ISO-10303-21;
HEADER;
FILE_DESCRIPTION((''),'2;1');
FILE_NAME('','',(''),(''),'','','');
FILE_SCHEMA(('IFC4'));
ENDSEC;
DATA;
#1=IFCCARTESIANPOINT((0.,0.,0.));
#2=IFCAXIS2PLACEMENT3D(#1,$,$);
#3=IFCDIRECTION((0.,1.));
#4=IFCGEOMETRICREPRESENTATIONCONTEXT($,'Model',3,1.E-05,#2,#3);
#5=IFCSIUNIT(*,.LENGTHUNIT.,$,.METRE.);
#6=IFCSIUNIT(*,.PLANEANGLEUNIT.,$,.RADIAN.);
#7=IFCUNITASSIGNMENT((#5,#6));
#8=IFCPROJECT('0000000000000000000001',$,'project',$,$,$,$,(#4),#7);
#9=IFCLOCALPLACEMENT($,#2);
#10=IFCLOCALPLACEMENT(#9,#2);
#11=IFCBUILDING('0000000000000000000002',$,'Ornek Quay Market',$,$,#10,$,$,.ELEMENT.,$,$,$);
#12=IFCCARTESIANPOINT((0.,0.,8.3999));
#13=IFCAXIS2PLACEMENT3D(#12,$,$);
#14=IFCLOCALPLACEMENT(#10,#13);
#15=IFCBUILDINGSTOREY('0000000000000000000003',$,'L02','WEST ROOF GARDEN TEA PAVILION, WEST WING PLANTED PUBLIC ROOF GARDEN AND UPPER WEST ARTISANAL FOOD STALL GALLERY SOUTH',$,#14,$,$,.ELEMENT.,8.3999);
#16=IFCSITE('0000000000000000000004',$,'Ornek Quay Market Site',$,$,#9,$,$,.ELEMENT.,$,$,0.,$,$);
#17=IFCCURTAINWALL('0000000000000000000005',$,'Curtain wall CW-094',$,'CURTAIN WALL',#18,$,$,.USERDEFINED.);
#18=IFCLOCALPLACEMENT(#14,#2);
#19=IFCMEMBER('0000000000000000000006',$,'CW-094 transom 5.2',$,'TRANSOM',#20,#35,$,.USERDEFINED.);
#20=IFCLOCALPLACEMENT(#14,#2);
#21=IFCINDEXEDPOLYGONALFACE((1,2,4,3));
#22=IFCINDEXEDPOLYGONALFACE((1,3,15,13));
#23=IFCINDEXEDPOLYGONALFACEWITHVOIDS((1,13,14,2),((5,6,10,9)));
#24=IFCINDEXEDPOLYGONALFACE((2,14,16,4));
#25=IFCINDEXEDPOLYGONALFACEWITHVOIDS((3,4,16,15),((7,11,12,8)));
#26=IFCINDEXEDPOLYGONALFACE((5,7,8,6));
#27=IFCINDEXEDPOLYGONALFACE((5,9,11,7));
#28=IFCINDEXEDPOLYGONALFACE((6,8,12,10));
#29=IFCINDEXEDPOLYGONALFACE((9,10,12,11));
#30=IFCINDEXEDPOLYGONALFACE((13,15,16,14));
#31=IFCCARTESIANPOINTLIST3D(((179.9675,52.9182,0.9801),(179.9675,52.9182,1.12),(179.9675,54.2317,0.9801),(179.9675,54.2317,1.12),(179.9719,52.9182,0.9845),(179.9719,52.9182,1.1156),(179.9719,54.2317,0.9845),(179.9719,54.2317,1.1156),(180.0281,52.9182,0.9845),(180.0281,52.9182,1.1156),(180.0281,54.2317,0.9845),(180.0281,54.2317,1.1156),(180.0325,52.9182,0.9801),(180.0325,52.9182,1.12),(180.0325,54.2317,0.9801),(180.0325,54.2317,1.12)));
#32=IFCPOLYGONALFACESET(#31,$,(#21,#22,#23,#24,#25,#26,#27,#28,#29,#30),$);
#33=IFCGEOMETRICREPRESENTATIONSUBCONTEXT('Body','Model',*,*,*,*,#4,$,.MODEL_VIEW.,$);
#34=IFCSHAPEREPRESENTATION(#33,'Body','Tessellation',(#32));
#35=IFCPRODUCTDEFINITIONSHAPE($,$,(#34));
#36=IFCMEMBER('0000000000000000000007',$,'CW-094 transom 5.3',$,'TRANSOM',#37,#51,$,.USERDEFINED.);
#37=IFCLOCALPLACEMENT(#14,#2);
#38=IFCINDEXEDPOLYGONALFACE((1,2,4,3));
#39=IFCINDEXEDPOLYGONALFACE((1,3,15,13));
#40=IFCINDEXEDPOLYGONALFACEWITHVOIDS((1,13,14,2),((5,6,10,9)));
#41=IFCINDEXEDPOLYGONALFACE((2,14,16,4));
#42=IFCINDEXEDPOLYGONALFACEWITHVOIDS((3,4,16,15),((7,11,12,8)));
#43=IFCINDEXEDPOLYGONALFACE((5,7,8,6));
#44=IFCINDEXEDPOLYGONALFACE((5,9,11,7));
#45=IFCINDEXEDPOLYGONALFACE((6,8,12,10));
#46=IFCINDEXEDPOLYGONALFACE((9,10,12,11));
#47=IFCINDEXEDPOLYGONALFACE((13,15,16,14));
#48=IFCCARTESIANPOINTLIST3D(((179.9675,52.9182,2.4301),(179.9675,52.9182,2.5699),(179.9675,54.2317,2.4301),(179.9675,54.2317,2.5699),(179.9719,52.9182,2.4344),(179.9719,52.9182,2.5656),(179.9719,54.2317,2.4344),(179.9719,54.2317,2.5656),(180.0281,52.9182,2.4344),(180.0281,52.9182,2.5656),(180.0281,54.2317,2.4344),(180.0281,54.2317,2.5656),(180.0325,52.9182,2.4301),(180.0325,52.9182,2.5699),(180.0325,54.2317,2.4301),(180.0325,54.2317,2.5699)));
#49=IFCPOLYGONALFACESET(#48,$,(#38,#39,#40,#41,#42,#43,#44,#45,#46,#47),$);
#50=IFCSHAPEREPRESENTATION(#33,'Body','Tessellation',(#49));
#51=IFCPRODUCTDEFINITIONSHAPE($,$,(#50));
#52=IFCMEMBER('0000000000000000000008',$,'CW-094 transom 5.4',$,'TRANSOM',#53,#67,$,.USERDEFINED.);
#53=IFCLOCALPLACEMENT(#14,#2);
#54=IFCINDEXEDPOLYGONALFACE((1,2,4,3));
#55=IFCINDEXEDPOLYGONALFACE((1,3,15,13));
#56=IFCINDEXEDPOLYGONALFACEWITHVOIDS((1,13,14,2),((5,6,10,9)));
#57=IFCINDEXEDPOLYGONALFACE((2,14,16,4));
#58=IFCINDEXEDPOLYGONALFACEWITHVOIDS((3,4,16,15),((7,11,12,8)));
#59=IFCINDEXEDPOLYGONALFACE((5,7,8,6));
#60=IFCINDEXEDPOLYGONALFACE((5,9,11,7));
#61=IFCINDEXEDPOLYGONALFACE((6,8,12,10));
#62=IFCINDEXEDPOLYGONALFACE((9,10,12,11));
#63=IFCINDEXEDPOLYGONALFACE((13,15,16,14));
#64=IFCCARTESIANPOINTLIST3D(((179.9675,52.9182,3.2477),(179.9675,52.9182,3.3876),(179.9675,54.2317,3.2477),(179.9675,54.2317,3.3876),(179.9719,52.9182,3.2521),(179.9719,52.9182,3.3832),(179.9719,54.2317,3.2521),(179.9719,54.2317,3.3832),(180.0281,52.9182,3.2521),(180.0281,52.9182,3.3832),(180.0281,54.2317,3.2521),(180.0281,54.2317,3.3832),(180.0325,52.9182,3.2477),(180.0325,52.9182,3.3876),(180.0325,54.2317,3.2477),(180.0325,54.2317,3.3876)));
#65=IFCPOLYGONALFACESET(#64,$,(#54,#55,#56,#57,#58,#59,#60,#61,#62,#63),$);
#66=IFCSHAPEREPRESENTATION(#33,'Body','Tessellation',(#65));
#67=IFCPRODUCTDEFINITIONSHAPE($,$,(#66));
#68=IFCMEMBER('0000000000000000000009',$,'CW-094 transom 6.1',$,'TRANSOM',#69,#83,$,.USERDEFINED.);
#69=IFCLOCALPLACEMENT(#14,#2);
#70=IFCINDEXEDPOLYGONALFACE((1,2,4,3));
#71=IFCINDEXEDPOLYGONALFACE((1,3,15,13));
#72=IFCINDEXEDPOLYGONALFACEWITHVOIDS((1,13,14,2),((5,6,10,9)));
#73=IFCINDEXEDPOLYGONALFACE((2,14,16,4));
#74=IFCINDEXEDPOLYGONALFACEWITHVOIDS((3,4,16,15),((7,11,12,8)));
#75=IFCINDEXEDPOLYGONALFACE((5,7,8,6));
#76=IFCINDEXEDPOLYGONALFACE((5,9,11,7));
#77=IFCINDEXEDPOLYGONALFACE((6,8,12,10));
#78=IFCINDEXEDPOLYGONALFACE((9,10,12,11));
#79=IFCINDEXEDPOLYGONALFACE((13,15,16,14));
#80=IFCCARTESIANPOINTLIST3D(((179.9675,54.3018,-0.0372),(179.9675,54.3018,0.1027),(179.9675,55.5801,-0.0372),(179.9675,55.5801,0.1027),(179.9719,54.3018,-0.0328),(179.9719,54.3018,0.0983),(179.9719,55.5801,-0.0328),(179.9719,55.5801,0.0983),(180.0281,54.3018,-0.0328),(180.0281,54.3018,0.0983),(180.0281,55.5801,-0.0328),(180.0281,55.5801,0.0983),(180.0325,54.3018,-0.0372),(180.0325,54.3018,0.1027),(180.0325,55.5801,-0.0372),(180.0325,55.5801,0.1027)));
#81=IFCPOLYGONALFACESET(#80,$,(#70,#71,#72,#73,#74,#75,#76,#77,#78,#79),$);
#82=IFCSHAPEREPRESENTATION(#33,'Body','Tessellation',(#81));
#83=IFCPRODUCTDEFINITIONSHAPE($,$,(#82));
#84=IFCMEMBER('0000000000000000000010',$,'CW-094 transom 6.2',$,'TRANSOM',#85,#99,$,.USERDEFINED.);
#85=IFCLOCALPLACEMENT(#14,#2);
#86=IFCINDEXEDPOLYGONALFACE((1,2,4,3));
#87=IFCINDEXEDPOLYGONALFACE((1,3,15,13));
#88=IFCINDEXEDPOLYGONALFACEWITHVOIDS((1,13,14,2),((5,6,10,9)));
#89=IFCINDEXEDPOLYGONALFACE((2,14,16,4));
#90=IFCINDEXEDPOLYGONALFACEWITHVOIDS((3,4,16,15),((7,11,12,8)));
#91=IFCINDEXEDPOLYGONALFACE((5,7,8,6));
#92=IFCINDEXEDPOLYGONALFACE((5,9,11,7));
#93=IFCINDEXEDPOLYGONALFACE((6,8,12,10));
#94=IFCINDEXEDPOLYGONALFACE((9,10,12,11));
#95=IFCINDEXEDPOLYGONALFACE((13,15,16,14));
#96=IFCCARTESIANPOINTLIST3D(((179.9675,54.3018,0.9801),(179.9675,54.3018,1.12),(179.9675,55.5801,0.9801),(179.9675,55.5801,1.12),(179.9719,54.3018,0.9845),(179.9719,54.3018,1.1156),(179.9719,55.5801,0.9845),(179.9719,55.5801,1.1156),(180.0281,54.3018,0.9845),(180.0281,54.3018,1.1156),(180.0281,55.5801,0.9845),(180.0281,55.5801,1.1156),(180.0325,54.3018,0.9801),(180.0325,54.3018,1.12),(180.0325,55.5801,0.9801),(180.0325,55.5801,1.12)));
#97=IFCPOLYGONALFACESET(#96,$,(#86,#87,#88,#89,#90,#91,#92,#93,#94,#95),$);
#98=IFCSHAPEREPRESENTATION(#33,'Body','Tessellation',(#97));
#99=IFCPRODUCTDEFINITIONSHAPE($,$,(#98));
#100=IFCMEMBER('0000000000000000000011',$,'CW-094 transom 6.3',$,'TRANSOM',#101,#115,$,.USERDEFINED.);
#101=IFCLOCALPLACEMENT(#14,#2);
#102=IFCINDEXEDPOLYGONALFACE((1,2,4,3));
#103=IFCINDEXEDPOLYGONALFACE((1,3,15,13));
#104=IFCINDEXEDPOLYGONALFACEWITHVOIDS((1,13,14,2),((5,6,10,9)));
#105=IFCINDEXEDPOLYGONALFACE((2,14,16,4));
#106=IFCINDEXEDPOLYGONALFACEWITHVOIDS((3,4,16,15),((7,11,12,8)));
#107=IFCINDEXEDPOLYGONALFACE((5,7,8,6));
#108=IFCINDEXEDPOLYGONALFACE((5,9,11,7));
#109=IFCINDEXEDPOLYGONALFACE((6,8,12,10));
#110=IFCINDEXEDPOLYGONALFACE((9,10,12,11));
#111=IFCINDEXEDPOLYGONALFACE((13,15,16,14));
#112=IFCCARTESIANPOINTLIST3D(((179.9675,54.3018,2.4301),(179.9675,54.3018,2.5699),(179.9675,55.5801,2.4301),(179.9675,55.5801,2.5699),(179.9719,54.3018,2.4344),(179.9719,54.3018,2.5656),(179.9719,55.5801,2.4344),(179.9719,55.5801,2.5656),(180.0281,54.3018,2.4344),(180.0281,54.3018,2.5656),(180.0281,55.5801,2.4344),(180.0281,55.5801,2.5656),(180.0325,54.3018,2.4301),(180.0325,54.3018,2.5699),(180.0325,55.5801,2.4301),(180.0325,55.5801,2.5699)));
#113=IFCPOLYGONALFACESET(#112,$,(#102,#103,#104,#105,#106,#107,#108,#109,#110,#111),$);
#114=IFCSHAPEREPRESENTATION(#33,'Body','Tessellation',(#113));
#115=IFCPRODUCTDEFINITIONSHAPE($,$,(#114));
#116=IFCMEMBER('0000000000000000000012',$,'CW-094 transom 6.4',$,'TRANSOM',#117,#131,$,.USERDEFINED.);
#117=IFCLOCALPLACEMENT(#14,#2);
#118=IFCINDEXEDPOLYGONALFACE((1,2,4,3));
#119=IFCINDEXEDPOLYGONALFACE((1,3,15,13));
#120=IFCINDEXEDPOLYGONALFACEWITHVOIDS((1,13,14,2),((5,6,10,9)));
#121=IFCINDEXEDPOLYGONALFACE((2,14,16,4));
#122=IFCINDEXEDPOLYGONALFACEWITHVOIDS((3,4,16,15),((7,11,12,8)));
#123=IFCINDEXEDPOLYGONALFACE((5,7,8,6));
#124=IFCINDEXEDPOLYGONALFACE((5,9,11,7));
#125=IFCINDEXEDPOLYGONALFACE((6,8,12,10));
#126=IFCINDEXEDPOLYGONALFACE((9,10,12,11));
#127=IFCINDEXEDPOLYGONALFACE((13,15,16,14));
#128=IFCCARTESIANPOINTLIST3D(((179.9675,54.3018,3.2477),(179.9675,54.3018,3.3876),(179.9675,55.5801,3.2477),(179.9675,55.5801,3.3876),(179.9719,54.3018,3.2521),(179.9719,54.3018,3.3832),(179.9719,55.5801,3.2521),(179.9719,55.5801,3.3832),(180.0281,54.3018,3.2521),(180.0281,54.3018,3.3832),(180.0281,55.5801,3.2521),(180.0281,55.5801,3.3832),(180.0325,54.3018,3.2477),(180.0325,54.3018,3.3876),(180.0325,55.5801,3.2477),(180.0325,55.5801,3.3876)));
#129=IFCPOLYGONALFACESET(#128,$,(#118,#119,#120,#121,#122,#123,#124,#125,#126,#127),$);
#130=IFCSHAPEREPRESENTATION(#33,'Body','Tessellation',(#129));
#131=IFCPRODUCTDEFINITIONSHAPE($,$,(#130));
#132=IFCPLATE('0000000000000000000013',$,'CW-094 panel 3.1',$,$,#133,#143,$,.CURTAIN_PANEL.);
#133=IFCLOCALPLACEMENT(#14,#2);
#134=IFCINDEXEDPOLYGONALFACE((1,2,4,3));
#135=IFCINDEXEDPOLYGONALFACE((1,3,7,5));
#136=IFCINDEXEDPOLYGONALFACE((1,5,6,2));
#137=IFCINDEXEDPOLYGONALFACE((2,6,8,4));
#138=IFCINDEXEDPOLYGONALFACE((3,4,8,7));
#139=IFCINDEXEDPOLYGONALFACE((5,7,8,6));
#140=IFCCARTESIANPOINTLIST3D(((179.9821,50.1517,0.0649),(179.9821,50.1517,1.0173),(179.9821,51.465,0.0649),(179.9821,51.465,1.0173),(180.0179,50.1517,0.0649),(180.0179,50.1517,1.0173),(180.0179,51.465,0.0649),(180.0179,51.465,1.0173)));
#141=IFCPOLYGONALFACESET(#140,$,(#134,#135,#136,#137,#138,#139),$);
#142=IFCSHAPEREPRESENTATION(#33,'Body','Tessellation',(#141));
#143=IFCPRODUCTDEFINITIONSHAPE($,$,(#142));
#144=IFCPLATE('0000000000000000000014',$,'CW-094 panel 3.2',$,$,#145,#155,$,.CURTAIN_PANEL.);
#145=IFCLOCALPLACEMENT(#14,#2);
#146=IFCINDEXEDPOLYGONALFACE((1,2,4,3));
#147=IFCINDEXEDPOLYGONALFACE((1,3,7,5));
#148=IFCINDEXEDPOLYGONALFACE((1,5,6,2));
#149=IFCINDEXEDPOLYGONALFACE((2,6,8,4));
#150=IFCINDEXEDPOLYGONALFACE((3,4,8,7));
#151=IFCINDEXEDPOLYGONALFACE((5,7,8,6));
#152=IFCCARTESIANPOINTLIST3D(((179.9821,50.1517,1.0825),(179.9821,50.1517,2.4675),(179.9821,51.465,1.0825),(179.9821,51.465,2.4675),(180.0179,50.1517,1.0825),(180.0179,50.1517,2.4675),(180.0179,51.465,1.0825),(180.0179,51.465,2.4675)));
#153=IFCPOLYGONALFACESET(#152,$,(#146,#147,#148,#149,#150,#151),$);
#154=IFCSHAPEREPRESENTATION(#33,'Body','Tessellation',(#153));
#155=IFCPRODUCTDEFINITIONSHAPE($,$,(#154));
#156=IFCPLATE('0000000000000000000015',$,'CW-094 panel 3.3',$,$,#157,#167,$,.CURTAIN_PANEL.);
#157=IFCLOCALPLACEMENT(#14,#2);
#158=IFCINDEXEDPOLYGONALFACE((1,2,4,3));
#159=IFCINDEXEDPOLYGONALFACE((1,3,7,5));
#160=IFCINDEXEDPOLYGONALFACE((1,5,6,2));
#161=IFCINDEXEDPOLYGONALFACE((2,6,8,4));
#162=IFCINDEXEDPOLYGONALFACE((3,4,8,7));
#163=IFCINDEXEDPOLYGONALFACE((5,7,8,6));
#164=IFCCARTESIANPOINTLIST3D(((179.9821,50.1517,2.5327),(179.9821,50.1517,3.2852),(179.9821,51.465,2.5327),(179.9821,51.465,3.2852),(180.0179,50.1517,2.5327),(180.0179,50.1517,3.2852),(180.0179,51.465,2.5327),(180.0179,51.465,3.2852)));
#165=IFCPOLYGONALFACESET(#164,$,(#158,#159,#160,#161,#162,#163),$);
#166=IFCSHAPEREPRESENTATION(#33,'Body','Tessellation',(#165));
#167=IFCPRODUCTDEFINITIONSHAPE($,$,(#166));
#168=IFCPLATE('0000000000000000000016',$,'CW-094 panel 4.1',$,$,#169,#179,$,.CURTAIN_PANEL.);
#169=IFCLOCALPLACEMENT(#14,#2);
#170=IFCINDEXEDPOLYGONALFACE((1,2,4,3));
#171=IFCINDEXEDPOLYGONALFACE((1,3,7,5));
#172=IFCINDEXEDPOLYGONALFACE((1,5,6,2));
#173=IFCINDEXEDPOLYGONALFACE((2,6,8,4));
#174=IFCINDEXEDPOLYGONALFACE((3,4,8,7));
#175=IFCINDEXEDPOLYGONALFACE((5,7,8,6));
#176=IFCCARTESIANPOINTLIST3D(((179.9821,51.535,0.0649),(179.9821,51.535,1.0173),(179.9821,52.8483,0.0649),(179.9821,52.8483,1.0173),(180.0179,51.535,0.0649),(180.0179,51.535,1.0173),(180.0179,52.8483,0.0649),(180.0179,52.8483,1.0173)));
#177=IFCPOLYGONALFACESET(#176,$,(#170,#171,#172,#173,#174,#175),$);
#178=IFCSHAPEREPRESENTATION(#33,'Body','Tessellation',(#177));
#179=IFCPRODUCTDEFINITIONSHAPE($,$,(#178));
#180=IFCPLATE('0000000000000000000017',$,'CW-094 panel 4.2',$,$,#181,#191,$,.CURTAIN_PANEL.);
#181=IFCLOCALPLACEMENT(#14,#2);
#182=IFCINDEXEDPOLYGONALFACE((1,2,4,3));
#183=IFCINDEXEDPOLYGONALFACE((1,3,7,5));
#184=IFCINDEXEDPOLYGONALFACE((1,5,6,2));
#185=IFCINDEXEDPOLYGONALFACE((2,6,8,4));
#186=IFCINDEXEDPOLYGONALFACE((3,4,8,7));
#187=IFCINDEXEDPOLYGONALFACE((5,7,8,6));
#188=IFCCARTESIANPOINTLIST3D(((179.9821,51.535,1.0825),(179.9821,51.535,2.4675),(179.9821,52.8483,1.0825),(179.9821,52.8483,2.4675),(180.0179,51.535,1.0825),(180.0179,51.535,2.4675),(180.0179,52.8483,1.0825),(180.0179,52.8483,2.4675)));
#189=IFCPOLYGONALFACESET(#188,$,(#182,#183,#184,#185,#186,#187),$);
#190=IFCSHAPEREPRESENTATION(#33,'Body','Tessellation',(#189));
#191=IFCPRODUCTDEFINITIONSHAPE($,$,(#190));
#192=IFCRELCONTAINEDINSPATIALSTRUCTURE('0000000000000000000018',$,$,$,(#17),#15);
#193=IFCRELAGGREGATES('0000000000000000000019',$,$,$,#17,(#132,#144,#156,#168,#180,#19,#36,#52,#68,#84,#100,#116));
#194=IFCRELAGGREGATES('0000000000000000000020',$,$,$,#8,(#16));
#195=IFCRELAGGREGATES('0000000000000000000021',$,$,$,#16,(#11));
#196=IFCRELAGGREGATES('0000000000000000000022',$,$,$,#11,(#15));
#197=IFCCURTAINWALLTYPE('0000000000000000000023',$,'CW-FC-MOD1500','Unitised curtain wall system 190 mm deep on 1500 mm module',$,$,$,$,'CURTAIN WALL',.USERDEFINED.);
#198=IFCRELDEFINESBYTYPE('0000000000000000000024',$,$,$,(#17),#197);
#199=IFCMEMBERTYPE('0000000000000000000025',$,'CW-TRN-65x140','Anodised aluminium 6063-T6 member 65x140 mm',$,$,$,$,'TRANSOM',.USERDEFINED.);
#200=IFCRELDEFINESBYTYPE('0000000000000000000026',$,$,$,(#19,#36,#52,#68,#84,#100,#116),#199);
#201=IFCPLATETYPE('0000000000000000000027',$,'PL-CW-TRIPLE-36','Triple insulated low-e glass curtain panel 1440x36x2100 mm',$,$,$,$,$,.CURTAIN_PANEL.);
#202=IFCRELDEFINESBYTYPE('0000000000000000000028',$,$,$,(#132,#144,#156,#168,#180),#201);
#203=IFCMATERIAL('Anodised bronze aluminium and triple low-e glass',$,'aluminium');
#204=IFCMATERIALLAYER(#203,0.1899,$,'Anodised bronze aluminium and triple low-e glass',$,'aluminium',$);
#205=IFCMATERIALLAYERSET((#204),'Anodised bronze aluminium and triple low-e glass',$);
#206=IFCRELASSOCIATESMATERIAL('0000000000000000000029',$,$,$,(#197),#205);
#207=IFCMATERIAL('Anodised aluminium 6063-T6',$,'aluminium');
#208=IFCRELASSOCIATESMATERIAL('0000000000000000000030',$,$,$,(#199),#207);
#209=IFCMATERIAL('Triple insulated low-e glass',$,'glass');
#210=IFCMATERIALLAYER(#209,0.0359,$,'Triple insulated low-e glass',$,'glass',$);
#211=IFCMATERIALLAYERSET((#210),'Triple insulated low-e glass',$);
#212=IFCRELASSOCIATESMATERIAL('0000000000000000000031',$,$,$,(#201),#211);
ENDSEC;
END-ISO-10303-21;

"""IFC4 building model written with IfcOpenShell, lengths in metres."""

from ifc_helpers import new_model, si_unit, direction, frame, origin, origin_2d, place, context, subcontext, project, spatial, rectangle, hollow_rectangle, extrude, material, layer, layer_set, material_profile, profile_set, type_object, element, aggregate, save


model = new_model("IFC4")

# Units and contexts
model_context = context("Model", 3, precision=1e-05, world=origin(), true_north=direction((0.0, 1.0)))
body_context = subcontext(model_context, "Body", "Model", "MODEL_VIEW")
ifc_project = project(units=[si_unit("LENGTHUNIT", "METRE"), si_unit("PLANEANGLEUNIT", "RADIAN")], contexts=[model_context])

# Site, building, storey
site_placement = place(None, origin())
site = spatial("IfcSite", under=ifc_project, at=site_placement, Name="Ornek Quay Market Site", CompositionType="ELEMENT", RefElevation=0.0)
building_placement = place(site_placement, origin())
building = spatial("IfcBuilding", under=site, at=building_placement, Name="Ornek Quay Market", CompositionType="ELEMENT")
storey_placement = place(building_placement, frame((0.0, 0.0, 8.3999)))
storey = spatial("IfcBuildingStorey", under=building, at=storey_placement, Name="L02", Description="WEST ROOF GARDEN TEA PAVILION, WEST WING PLANTED PUBLIC ROOF GARDEN AND UPPER WEST ARTISANAL FOOD STALL GALLERY SOUTH", CompositionType="ELEMENT", Elevation=8.3999)

# Curtain wall, members, plates
ifc_material_1 = material(Name="Anodised bronze aluminium and triple low-e glass", Category="aluminium")
ifc_layer_1 = layer(ifc_material_1, 0.1899, Name="Anodised bronze aluminium and triple low-e glass", Category="aluminium")
ifc_layer_set_1 = layer_set([ifc_layer_1], Name="Anodised bronze aluminium and triple low-e glass")
curtain_wall_type = type_object("IfcCurtainWallType", Name="CW-FC-MOD1500", Description="Unitised curtain wall system 190 mm deep on 1500 mm module", ElementType="CURTAIN WALL", PredefinedType="USERDEFINED", material=ifc_layer_set_1)
curtain_wall_placement = place(storey_placement, origin())
curtain_wall = element("IfcCurtainWall", 1, at=curtain_wall_placement, inside=storey, type_object=curtain_wall_type, Name="Curtain wall CW-094", ObjectType="CURTAIN WALL", PredefinedType="USERDEFINED")
ifc_material_2 = material(Name="Anodised aluminium 6063-T6", Category="aluminium")
ifc_material_profile_1 = material_profile(ifc_material_2, hollow_rectangle(XDim=0.0649, YDim=0.1399, WallThickness=0.0044, at=origin_2d()), Name="CW-TRN-65x140", Category="aluminium")
ifc_profile_set_1 = profile_set([ifc_material_profile_1], Name="Anodised aluminium 6063-T6")
member_type_1 = type_object("IfcMemberType", Name="CW-TRN-65x140", Description="Anodised aluminium 6063-T6 member 65x140 mm", ElementType="TRANSOM", PredefinedType="USERDEFINED", material=ifc_profile_set_1)
member_1_placement = place(storey_placement, frame((180.0, 52.9182, 1.05), z_axis=(0.0, 1.0, 0.0), x_axis=(-1.0, 0.0, 0.0)))
member_1 = element("IfcMember", 2, at=member_1_placement, type_object=member_type_1, Name="CW-094 transom 5.2", ObjectType="TRANSOM", PredefinedType="USERDEFINED", context=body_context, shape_type="SweptSolid", body=[
    extrude(hollow_rectangle(XDim=0.0649, YDim=0.1399, WallThickness=0.0044, at=origin_2d()), origin(), (0.0, 0.0, 1.0), 1.3135),
])
member_2_placement = place(storey_placement, frame((180.0, 52.9182, 2.5), z_axis=(0.0, 1.0, 0.0), x_axis=(-1.0, 0.0, 0.0)))
member_2 = element("IfcMember", 3, at=member_2_placement, type_object=member_type_1, Name="CW-094 transom 5.3", ObjectType="TRANSOM", PredefinedType="USERDEFINED", context=body_context, shape_type="SweptSolid", body=[
    extrude(hollow_rectangle(XDim=0.0649, YDim=0.1399, WallThickness=0.0044, at=origin_2d()), origin(), (0.0, 0.0, 1.0), 1.3135),
])
member_3_placement = place(storey_placement, frame((180.0, 52.9182, 3.3176), z_axis=(0.0, 1.0, 0.0), x_axis=(-1.0, 0.0, 0.0)))
member_3 = element("IfcMember", 4, at=member_3_placement, type_object=member_type_1, Name="CW-094 transom 5.4", ObjectType="TRANSOM", PredefinedType="USERDEFINED", context=body_context, shape_type="SweptSolid", body=[
    extrude(hollow_rectangle(XDim=0.0649, YDim=0.1399, WallThickness=0.0044, at=origin_2d()), origin(), (0.0, 0.0, 1.0), 1.3135),
])
member_4_placement = place(storey_placement, frame((180.0, 54.3018, 0.0327), z_axis=(0.0, 1.0, 0.0), x_axis=(-1.0, 0.0, 0.0)))
member_4 = element("IfcMember", 5, at=member_4_placement, type_object=member_type_1, Name="CW-094 transom 6.1", ObjectType="TRANSOM", PredefinedType="USERDEFINED", context=body_context, shape_type="SweptSolid", body=[
    extrude(hollow_rectangle(XDim=0.0649, YDim=0.1399, WallThickness=0.0044, at=origin_2d()), origin(), (0.0, 0.0, 1.0), 1.2783),
])
member_5_placement = place(storey_placement, frame((180.0, 54.3018, 1.05), z_axis=(0.0, 1.0, 0.0), x_axis=(-1.0, 0.0, 0.0)))
member_5 = element("IfcMember", 6, at=member_5_placement, type_object=member_type_1, Name="CW-094 transom 6.2", ObjectType="TRANSOM", PredefinedType="USERDEFINED", context=body_context, shape_type="SweptSolid", body=[
    extrude(hollow_rectangle(XDim=0.0649, YDim=0.1399, WallThickness=0.0044, at=origin_2d()), origin(), (0.0, 0.0, 1.0), 1.2783),
])
member_6_placement = place(storey_placement, frame((180.0, 54.3018, 2.5), z_axis=(0.0, 1.0, 0.0), x_axis=(-1.0, 0.0, 0.0)))
member_6 = element("IfcMember", 7, at=member_6_placement, type_object=member_type_1, Name="CW-094 transom 6.3", ObjectType="TRANSOM", PredefinedType="USERDEFINED", context=body_context, shape_type="SweptSolid", body=[
    extrude(hollow_rectangle(XDim=0.0649, YDim=0.1399, WallThickness=0.0044, at=origin_2d()), origin(), (0.0, 0.0, 1.0), 1.2783),
])
member_7_placement = place(storey_placement, frame((180.0, 54.3018, 3.3176), z_axis=(0.0, 1.0, 0.0), x_axis=(-1.0, 0.0, 0.0)))
member_7 = element("IfcMember", 8, at=member_7_placement, type_object=member_type_1, Name="CW-094 transom 6.4", ObjectType="TRANSOM", PredefinedType="USERDEFINED", context=body_context, shape_type="SweptSolid", body=[
    extrude(hollow_rectangle(XDim=0.0649, YDim=0.1399, WallThickness=0.0044, at=origin_2d()), origin(), (0.0, 0.0, 1.0), 1.2783),
])
ifc_material_3 = material(Name="Triple insulated low-e glass", Category="glass")
ifc_layer_2 = layer(ifc_material_3, 0.0359, Name="Triple insulated low-e glass", Category="glass")
ifc_layer_set_2 = layer_set([ifc_layer_2], Name="Triple insulated low-e glass")
plate_type = type_object("IfcPlateType", Name="PL-CW-TRIPLE-36", Description="Triple insulated low-e glass curtain panel 1440x36x2100 mm", PredefinedType="CURTAIN_PANEL", material=ifc_layer_set_2)
plate_1_placement = place(storey_placement, frame((180.0, 50.8083, 0.0649), z_axis=(0.0, 0.0, 1.0), x_axis=(0.0, 1.0, 0.0)))
plate_1 = element("IfcPlate", 9, at=plate_1_placement, type_object=plate_type, Name="CW-094 panel 3.1", PredefinedType="CURTAIN_PANEL", context=body_context, shape_type="SweptSolid", body=[
    extrude(rectangle(XDim=1.3132, YDim=0.0359, at=origin_2d()), origin(), (0.0, 0.0, 1.0), 0.9524),
])
plate_2_placement = place(storey_placement, frame((180.0, 50.8083, 1.0825), z_axis=(0.0, 0.0, 1.0), x_axis=(0.0, 1.0, 0.0)))
plate_2 = element("IfcPlate", 10, at=plate_2_placement, type_object=plate_type, Name="CW-094 panel 3.2", PredefinedType="CURTAIN_PANEL", context=body_context, shape_type="SweptSolid", body=[
    extrude(rectangle(XDim=1.3132, YDim=0.0359, at=origin_2d()), origin(), (0.0, 0.0, 1.0), 1.385),
])
plate_3_placement = place(storey_placement, frame((180.0, 50.8083, 2.5327), z_axis=(0.0, 0.0, 1.0), x_axis=(0.0, 1.0, 0.0)))
plate_3 = element("IfcPlate", 11, at=plate_3_placement, type_object=plate_type, Name="CW-094 panel 3.3", PredefinedType="CURTAIN_PANEL", context=body_context, shape_type="SweptSolid", body=[
    extrude(rectangle(XDim=1.3132, YDim=0.0359, at=origin_2d()), origin(), (0.0, 0.0, 1.0), 0.7524),
])
plate_4_placement = place(storey_placement, frame((180.0, 52.1917, 0.0649), z_axis=(0.0, 0.0, 1.0), x_axis=(0.0, 1.0, 0.0)))
plate_4 = element("IfcPlate", 12, at=plate_4_placement, type_object=plate_type, Name="CW-094 panel 4.1", PredefinedType="CURTAIN_PANEL", context=body_context, shape_type="SweptSolid", body=[
    extrude(rectangle(XDim=1.3132, YDim=0.0359, at=origin_2d()), origin(), (0.0, 0.0, 1.0), 0.9524),
])
plate_5_placement = place(storey_placement, frame((180.0, 52.1917, 1.0825), z_axis=(0.0, 0.0, 1.0), x_axis=(0.0, 1.0, 0.0)))
plate_5 = element("IfcPlate", 13, at=plate_5_placement, type_object=plate_type, Name="CW-094 panel 4.2", PredefinedType="CURTAIN_PANEL", context=body_context, shape_type="SweptSolid", body=[
    extrude(rectangle(XDim=1.3132, YDim=0.0359, at=origin_2d()), origin(), (0.0, 0.0, 1.0), 1.385),
])
aggregate(curtain_wall, [plate_1, plate_2, plate_3, plate_4, plate_5, member_1, member_2, member_3, member_4, member_5, member_6, member_7])

save(model, "model.ifc")
